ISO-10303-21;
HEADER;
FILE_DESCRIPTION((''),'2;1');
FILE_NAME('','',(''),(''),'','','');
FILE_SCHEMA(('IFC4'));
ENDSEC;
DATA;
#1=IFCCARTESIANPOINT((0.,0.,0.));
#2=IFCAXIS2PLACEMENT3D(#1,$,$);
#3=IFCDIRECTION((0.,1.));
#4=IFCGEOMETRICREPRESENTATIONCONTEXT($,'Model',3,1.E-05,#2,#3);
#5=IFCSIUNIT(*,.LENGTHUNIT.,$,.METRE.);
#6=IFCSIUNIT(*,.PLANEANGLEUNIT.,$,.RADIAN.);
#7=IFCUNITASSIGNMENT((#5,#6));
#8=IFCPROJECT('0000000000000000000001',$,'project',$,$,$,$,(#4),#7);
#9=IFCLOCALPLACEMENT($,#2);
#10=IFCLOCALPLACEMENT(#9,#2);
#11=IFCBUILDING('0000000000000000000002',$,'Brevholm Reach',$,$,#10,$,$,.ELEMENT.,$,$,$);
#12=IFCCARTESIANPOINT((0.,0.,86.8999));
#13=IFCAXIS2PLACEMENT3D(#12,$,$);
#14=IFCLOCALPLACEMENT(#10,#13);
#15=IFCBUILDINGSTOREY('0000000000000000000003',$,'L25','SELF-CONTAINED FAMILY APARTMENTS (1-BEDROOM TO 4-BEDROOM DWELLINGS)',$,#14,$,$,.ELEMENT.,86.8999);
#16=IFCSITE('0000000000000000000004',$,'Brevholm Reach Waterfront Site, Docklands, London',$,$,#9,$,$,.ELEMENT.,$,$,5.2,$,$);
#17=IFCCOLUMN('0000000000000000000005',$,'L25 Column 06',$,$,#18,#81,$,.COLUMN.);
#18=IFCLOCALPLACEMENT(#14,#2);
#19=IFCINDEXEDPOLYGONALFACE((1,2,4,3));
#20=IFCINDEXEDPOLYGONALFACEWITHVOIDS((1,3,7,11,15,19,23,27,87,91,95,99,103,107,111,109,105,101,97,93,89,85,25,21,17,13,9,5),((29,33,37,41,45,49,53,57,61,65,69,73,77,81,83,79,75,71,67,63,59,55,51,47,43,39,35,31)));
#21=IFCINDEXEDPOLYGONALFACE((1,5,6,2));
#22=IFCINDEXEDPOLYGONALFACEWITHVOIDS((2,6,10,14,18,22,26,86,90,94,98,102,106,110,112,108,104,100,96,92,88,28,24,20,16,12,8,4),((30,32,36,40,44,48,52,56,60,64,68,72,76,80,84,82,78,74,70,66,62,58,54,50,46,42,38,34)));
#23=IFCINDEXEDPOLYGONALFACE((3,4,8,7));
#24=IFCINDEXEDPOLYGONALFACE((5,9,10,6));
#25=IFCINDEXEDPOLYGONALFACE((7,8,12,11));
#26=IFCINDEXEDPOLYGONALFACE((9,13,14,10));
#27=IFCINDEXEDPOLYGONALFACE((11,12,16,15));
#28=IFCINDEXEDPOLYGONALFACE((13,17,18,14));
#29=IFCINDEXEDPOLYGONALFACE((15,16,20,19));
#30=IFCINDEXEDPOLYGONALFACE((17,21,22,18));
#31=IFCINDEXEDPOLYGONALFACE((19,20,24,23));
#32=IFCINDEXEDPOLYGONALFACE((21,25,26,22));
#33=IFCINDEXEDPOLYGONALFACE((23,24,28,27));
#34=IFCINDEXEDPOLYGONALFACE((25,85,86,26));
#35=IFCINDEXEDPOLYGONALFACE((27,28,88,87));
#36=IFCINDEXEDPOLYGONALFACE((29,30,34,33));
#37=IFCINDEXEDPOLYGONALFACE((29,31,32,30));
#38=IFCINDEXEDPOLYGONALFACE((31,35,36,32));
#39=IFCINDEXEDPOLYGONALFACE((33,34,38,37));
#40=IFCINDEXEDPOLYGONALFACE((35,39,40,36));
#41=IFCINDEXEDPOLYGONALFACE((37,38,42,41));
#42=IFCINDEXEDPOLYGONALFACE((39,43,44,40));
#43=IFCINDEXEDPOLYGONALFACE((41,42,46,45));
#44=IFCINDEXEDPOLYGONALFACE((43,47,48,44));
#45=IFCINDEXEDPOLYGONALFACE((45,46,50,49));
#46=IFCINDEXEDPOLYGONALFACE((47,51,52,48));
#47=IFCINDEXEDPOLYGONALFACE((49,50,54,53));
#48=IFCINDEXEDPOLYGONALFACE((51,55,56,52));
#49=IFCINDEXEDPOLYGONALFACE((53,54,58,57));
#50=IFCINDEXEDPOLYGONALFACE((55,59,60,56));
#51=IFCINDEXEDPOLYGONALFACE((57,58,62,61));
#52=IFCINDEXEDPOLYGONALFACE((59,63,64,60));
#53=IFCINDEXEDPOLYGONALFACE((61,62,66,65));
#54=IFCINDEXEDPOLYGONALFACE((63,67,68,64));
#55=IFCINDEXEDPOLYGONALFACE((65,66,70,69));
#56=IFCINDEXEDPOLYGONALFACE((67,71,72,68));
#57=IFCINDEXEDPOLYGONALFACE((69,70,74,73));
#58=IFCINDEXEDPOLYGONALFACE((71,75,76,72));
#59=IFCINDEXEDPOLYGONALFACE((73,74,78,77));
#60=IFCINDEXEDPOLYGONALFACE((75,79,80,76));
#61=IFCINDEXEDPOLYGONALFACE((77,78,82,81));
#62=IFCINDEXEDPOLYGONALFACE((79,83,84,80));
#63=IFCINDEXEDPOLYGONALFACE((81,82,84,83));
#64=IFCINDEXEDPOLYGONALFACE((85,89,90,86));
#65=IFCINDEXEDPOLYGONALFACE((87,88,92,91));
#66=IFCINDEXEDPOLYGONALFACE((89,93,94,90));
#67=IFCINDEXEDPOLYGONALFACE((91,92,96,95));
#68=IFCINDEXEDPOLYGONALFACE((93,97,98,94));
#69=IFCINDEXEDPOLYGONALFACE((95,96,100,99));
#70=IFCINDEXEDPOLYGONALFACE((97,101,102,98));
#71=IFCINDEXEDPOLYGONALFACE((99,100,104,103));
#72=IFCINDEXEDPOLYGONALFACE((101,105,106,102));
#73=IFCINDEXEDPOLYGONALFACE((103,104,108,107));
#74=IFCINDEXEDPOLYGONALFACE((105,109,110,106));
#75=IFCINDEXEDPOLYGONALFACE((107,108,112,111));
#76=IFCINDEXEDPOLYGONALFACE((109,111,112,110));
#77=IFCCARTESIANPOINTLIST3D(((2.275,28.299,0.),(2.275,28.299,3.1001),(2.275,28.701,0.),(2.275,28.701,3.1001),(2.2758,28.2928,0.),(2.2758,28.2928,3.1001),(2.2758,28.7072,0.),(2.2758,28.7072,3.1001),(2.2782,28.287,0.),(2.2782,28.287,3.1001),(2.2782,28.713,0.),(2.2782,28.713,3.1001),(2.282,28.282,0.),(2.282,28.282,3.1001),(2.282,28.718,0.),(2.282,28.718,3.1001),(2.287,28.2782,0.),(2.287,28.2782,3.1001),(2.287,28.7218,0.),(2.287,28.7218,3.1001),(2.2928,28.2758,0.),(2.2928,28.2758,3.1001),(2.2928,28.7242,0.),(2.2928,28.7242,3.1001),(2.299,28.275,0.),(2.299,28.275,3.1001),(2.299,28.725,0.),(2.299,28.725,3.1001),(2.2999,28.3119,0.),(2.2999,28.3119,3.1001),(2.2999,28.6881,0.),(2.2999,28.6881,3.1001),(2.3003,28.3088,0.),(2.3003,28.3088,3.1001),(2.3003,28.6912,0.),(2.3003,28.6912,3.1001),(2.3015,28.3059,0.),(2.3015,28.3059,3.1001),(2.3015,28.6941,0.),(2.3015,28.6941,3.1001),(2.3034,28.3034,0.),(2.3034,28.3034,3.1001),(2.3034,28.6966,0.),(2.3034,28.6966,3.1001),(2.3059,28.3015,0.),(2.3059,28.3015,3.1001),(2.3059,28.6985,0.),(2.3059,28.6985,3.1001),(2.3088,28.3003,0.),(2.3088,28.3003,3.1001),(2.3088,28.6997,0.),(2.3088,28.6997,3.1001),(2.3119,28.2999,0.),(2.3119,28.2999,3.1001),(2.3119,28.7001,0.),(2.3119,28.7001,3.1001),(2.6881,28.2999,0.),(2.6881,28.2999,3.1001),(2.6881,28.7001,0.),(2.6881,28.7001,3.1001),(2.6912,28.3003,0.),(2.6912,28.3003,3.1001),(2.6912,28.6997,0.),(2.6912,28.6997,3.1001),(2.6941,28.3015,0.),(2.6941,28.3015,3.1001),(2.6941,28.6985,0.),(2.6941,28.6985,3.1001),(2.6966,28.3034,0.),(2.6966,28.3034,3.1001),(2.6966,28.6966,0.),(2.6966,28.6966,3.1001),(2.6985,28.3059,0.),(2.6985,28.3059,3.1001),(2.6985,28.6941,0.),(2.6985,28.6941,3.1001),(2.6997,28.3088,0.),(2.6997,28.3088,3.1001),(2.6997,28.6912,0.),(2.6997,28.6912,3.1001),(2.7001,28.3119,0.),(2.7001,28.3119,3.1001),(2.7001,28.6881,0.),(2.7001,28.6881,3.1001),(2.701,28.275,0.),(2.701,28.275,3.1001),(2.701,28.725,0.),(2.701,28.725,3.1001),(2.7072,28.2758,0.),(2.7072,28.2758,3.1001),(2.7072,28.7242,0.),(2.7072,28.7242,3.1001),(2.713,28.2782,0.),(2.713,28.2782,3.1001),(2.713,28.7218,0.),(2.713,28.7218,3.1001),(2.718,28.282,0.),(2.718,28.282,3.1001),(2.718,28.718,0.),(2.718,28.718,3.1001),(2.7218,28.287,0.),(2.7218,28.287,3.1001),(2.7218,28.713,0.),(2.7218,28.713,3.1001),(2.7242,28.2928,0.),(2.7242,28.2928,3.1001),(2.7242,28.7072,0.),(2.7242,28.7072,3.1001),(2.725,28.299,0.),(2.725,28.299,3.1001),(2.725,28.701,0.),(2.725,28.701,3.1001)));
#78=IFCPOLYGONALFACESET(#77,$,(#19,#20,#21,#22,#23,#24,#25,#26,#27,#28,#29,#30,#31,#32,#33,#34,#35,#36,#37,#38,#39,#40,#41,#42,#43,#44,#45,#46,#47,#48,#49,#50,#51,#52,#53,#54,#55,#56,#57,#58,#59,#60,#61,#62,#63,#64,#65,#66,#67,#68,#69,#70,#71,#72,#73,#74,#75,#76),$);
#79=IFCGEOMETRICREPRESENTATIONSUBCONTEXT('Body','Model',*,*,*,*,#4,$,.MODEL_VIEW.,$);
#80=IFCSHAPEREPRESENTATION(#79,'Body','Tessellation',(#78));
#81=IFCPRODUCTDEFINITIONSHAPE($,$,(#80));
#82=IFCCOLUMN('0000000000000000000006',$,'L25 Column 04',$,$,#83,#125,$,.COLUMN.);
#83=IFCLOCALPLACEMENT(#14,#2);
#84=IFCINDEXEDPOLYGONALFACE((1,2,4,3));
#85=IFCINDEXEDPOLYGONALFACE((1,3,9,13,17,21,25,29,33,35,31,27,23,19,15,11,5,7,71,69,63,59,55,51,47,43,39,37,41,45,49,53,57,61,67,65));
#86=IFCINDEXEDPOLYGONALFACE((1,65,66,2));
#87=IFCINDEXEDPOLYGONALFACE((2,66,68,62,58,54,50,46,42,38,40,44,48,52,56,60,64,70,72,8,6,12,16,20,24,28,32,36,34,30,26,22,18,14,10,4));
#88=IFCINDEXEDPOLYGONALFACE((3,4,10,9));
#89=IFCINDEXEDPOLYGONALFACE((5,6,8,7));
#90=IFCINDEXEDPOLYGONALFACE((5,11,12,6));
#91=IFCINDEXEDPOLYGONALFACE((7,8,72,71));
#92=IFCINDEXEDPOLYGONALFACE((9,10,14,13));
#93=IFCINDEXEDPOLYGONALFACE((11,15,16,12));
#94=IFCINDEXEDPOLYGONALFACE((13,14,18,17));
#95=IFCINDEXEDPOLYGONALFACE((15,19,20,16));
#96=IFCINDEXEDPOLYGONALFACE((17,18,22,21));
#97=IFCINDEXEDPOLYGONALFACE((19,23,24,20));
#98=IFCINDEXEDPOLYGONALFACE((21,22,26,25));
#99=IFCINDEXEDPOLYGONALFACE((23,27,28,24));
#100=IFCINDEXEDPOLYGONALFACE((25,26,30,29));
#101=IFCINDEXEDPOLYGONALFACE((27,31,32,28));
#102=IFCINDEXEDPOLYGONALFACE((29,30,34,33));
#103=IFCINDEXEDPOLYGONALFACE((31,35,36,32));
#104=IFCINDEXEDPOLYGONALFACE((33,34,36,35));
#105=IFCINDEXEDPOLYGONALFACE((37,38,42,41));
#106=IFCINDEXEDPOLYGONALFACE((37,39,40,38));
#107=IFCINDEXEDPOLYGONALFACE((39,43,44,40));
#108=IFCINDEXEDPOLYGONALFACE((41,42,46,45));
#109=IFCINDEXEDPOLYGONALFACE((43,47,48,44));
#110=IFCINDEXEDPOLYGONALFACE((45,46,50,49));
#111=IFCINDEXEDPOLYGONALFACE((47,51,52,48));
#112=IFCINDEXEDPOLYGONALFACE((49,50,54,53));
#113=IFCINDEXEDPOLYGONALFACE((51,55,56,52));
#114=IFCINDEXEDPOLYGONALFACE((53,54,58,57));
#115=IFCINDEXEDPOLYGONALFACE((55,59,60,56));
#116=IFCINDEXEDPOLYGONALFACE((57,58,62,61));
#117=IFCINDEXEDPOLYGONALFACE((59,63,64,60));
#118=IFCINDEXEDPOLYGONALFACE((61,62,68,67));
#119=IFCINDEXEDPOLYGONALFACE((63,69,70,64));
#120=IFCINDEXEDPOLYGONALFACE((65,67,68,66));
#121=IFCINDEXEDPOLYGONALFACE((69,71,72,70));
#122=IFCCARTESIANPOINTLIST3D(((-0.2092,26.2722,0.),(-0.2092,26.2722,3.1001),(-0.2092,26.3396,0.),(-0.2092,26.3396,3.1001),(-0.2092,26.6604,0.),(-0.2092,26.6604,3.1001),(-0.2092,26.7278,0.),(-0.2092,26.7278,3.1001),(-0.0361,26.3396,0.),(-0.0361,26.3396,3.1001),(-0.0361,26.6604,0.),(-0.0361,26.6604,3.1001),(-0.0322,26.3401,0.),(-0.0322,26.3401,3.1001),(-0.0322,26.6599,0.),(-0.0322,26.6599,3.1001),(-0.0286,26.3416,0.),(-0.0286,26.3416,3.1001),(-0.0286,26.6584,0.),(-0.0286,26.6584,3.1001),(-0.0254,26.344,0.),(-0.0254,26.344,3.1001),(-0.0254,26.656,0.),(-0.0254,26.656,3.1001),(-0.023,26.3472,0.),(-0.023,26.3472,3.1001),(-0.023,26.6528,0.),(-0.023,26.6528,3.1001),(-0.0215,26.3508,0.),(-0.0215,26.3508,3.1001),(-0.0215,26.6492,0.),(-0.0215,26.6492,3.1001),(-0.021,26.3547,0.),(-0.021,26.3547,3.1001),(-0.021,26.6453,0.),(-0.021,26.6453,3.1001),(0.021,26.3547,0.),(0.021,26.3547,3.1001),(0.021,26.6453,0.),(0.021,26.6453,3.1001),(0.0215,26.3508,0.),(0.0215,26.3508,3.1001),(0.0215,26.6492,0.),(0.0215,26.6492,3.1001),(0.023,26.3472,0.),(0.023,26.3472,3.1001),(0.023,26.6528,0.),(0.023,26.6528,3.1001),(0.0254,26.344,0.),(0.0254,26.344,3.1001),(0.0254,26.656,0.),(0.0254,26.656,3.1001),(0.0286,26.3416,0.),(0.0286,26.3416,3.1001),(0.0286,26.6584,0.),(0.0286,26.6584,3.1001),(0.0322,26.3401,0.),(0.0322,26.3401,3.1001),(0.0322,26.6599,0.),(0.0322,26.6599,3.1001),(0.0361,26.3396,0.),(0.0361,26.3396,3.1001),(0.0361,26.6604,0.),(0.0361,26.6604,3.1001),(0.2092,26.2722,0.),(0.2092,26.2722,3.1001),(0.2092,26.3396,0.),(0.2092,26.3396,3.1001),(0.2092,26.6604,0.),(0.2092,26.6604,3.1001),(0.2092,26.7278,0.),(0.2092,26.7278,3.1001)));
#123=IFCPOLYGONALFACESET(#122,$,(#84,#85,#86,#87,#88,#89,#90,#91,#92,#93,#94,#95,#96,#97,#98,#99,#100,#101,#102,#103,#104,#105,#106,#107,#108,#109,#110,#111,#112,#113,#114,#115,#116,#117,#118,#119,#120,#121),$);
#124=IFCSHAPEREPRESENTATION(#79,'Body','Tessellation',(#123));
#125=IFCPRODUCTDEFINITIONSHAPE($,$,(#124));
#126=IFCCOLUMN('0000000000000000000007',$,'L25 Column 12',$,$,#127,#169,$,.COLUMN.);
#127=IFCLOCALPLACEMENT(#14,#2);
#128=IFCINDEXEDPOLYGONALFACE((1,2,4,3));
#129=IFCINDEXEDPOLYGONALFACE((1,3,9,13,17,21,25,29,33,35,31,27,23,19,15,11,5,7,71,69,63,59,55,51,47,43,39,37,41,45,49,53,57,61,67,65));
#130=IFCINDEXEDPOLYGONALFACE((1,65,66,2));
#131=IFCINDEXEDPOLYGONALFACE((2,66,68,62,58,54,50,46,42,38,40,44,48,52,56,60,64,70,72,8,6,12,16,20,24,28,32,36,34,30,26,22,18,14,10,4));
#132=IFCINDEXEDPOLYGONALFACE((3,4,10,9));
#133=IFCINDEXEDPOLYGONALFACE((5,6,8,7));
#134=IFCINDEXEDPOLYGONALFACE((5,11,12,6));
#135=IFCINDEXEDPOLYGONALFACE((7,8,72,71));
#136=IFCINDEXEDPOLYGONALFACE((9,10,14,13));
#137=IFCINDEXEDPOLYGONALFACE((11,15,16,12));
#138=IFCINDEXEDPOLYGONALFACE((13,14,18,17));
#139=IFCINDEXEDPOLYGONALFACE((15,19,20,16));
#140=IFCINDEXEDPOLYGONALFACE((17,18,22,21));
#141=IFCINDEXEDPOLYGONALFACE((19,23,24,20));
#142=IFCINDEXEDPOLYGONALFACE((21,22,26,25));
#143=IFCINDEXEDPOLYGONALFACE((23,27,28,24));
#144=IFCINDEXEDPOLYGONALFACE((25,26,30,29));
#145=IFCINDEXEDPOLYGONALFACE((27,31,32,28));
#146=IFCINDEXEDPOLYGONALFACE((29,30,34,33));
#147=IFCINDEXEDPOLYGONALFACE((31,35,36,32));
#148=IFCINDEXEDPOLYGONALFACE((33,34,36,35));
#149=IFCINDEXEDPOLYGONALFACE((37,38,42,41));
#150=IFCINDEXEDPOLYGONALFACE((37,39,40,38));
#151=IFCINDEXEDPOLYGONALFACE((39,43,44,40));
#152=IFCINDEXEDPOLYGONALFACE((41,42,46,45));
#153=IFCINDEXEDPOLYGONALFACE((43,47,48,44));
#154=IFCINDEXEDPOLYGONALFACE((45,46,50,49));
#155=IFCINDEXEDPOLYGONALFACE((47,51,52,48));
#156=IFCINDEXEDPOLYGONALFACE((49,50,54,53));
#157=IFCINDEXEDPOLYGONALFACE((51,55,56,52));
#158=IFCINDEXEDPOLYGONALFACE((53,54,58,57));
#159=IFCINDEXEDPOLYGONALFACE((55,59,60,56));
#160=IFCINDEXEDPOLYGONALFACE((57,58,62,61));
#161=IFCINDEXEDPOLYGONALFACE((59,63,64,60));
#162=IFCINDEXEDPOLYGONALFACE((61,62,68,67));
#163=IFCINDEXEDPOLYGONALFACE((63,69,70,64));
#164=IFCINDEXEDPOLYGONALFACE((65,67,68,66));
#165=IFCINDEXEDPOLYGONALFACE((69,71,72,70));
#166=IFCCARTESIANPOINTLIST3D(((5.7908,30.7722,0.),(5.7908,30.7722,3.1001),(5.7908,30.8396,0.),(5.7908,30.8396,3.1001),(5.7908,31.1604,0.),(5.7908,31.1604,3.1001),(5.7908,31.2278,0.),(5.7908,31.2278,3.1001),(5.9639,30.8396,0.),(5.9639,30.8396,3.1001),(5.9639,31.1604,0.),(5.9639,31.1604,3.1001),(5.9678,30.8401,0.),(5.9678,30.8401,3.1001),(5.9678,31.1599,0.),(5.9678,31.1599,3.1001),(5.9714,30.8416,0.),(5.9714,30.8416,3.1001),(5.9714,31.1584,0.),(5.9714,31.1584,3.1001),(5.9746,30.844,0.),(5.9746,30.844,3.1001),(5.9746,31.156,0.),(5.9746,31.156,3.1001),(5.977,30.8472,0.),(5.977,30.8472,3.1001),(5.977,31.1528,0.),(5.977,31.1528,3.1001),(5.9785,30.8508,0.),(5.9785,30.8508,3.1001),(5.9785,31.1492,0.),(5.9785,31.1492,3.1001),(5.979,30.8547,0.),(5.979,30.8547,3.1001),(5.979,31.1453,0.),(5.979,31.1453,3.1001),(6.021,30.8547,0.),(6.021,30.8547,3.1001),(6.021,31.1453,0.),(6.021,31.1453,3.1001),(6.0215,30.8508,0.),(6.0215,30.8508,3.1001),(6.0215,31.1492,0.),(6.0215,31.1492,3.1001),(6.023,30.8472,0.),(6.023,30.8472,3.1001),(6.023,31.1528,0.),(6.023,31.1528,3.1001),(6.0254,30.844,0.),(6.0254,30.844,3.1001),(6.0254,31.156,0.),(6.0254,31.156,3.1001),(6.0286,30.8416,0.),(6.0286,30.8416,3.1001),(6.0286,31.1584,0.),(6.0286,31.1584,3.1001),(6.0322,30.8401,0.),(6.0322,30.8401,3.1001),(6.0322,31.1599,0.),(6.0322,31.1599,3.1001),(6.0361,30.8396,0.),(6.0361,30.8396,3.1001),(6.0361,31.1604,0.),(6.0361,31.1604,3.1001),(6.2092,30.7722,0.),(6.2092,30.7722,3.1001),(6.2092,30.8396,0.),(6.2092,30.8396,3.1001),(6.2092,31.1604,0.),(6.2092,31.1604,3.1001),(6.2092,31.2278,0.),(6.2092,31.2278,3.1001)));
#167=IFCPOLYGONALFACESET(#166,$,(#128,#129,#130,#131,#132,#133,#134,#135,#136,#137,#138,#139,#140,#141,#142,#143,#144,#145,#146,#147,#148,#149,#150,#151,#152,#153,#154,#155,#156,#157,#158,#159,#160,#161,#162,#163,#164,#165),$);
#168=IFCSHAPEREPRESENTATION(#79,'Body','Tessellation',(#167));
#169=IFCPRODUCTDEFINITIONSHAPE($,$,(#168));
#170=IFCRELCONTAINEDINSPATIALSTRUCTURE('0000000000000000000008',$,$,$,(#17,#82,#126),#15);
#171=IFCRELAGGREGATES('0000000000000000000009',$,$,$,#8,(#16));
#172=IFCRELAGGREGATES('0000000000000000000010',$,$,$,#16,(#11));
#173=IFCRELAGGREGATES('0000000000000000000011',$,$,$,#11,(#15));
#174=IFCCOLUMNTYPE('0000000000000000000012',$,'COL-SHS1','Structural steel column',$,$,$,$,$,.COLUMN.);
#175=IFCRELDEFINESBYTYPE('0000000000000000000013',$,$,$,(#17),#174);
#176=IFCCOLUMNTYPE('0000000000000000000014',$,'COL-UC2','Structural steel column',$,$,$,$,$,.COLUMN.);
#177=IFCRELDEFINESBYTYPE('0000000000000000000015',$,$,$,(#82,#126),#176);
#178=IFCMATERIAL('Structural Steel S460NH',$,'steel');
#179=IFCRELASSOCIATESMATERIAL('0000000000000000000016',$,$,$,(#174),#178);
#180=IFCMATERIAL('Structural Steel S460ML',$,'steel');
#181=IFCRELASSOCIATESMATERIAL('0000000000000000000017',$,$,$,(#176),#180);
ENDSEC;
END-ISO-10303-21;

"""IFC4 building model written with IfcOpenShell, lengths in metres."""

from ifc_helpers import new_model, si_unit, direction, frame, origin, origin_2d, place, context, subcontext, project, spatial, hollow_rectangle, i_section, extrude, material, material_profile, profile_set, type_object, element, save


model = new_model("IFC4")

# Units and contexts
model_context = context("Model", 3, precision=1e-05, world=origin(), true_north=direction((0.0, 1.0)))
body_context = subcontext(model_context, "Body", "Model", "MODEL_VIEW")
ifc_project = project(units=[si_unit("LENGTHUNIT", "METRE"), si_unit("PLANEANGLEUNIT", "RADIAN")], contexts=[model_context])

# Site, building, storey
site_placement = place(None, origin())
site = spatial("IfcSite", under=ifc_project, at=site_placement, Name="Brevholm Reach Waterfront Site, Docklands, London", CompositionType="ELEMENT", RefElevation=5.2)
building_placement = place(site_placement, origin())
building = spatial("IfcBuilding", under=site, at=building_placement, Name="Brevholm Reach", CompositionType="ELEMENT")
storey_placement = place(building_placement, frame((0.0, 0.0, 86.8999)))
storey = spatial("IfcBuildingStorey", under=building, at=storey_placement, Name="L25", Description="SELF-CONTAINED FAMILY APARTMENTS (1-BEDROOM TO 4-BEDROOM DWELLINGS)", CompositionType="ELEMENT", Elevation=86.8999)

# Columns
ifc_material_1 = material(Name="Structural Steel S460NH", Category="steel")
ifc_material_profile_1 = material_profile(ifc_material_1, hollow_rectangle(XDim=0.45, YDim=0.45, WallThickness=0.0249, InnerFilletRadius=0.012, OuterFilletRadius=0.0239, at=origin_2d()), Name="SHS 450x450x25")
ifc_profile_set_1 = profile_set([ifc_material_profile_1], Name="Structural Steel S460NH")
column_type_1 = type_object("IfcColumnType", Name="COL-SHS1", Description="Structural steel column", PredefinedType="COLUMN", material=ifc_profile_set_1)
column_placement = place(storey_placement, frame((2.5, 28.5, 0.0), z_axis=(0.0, 0.0, 1.0), x_axis=(1.0, 0.0, 0.0)))
element("IfcColumn", 1, at=column_placement, inside=storey, type_object=column_type_1, Name="L25 Column 06", PredefinedType="COLUMN", context=body_context, shape_type="SweptSolid", body=[
    extrude(hollow_rectangle(XDim=0.45, YDim=0.45, WallThickness=0.0249, InnerFilletRadius=0.012, OuterFilletRadius=0.0239, at=origin_2d()), origin(), (0.0, 0.0, 1.0), 3.1001),
])
ifc_material_2 = material(Name="Structural Steel S460ML", Category="steel")
ifc_material_profile_2 = material_profile(ifc_material_2, i_section(OverallWidth=0.4185, OverallDepth=0.4556, WebThickness=0.042, FlangeThickness=0.0674, FilletRadius=0.0151, at=origin_2d()), Name="UKC 356x406x551")
ifc_profile_set_2 = profile_set([ifc_material_profile_2], Name="Structural Steel S460ML")
column_type_2 = type_object("IfcColumnType", Name="COL-UC2", Description="Structural steel column", PredefinedType="COLUMN", material=ifc_profile_set_2)
for number, where, z_axis, x_axis, name in (
    (2, (0.0, 26.5, 0.0), (0.0, 0.0, 1.0), (1.0, 0.0, 0.0), "L25 Column 04"),
    (3, (6.0, 31.0, 0.0), (0.0, 0.0, 1.0), (1.0, 0.0, 0.0), "L25 Column 12"),
):
    element("IfcColumn", number, at=place(storey_placement, frame(where, z_axis=z_axis, x_axis=x_axis)), inside=storey, type_object=column_type_2, Name=name, PredefinedType="COLUMN", context=body_context, shape_type="SweptSolid", body=[
        extrude(i_section(OverallWidth=0.4185, OverallDepth=0.4556, WebThickness=0.042, FlangeThickness=0.0674, FilletRadius=0.0151, at=origin_2d()), origin(), (0.0, 0.0, 1.0), 3.1001),
    ])

save(model, "model.ifc")
